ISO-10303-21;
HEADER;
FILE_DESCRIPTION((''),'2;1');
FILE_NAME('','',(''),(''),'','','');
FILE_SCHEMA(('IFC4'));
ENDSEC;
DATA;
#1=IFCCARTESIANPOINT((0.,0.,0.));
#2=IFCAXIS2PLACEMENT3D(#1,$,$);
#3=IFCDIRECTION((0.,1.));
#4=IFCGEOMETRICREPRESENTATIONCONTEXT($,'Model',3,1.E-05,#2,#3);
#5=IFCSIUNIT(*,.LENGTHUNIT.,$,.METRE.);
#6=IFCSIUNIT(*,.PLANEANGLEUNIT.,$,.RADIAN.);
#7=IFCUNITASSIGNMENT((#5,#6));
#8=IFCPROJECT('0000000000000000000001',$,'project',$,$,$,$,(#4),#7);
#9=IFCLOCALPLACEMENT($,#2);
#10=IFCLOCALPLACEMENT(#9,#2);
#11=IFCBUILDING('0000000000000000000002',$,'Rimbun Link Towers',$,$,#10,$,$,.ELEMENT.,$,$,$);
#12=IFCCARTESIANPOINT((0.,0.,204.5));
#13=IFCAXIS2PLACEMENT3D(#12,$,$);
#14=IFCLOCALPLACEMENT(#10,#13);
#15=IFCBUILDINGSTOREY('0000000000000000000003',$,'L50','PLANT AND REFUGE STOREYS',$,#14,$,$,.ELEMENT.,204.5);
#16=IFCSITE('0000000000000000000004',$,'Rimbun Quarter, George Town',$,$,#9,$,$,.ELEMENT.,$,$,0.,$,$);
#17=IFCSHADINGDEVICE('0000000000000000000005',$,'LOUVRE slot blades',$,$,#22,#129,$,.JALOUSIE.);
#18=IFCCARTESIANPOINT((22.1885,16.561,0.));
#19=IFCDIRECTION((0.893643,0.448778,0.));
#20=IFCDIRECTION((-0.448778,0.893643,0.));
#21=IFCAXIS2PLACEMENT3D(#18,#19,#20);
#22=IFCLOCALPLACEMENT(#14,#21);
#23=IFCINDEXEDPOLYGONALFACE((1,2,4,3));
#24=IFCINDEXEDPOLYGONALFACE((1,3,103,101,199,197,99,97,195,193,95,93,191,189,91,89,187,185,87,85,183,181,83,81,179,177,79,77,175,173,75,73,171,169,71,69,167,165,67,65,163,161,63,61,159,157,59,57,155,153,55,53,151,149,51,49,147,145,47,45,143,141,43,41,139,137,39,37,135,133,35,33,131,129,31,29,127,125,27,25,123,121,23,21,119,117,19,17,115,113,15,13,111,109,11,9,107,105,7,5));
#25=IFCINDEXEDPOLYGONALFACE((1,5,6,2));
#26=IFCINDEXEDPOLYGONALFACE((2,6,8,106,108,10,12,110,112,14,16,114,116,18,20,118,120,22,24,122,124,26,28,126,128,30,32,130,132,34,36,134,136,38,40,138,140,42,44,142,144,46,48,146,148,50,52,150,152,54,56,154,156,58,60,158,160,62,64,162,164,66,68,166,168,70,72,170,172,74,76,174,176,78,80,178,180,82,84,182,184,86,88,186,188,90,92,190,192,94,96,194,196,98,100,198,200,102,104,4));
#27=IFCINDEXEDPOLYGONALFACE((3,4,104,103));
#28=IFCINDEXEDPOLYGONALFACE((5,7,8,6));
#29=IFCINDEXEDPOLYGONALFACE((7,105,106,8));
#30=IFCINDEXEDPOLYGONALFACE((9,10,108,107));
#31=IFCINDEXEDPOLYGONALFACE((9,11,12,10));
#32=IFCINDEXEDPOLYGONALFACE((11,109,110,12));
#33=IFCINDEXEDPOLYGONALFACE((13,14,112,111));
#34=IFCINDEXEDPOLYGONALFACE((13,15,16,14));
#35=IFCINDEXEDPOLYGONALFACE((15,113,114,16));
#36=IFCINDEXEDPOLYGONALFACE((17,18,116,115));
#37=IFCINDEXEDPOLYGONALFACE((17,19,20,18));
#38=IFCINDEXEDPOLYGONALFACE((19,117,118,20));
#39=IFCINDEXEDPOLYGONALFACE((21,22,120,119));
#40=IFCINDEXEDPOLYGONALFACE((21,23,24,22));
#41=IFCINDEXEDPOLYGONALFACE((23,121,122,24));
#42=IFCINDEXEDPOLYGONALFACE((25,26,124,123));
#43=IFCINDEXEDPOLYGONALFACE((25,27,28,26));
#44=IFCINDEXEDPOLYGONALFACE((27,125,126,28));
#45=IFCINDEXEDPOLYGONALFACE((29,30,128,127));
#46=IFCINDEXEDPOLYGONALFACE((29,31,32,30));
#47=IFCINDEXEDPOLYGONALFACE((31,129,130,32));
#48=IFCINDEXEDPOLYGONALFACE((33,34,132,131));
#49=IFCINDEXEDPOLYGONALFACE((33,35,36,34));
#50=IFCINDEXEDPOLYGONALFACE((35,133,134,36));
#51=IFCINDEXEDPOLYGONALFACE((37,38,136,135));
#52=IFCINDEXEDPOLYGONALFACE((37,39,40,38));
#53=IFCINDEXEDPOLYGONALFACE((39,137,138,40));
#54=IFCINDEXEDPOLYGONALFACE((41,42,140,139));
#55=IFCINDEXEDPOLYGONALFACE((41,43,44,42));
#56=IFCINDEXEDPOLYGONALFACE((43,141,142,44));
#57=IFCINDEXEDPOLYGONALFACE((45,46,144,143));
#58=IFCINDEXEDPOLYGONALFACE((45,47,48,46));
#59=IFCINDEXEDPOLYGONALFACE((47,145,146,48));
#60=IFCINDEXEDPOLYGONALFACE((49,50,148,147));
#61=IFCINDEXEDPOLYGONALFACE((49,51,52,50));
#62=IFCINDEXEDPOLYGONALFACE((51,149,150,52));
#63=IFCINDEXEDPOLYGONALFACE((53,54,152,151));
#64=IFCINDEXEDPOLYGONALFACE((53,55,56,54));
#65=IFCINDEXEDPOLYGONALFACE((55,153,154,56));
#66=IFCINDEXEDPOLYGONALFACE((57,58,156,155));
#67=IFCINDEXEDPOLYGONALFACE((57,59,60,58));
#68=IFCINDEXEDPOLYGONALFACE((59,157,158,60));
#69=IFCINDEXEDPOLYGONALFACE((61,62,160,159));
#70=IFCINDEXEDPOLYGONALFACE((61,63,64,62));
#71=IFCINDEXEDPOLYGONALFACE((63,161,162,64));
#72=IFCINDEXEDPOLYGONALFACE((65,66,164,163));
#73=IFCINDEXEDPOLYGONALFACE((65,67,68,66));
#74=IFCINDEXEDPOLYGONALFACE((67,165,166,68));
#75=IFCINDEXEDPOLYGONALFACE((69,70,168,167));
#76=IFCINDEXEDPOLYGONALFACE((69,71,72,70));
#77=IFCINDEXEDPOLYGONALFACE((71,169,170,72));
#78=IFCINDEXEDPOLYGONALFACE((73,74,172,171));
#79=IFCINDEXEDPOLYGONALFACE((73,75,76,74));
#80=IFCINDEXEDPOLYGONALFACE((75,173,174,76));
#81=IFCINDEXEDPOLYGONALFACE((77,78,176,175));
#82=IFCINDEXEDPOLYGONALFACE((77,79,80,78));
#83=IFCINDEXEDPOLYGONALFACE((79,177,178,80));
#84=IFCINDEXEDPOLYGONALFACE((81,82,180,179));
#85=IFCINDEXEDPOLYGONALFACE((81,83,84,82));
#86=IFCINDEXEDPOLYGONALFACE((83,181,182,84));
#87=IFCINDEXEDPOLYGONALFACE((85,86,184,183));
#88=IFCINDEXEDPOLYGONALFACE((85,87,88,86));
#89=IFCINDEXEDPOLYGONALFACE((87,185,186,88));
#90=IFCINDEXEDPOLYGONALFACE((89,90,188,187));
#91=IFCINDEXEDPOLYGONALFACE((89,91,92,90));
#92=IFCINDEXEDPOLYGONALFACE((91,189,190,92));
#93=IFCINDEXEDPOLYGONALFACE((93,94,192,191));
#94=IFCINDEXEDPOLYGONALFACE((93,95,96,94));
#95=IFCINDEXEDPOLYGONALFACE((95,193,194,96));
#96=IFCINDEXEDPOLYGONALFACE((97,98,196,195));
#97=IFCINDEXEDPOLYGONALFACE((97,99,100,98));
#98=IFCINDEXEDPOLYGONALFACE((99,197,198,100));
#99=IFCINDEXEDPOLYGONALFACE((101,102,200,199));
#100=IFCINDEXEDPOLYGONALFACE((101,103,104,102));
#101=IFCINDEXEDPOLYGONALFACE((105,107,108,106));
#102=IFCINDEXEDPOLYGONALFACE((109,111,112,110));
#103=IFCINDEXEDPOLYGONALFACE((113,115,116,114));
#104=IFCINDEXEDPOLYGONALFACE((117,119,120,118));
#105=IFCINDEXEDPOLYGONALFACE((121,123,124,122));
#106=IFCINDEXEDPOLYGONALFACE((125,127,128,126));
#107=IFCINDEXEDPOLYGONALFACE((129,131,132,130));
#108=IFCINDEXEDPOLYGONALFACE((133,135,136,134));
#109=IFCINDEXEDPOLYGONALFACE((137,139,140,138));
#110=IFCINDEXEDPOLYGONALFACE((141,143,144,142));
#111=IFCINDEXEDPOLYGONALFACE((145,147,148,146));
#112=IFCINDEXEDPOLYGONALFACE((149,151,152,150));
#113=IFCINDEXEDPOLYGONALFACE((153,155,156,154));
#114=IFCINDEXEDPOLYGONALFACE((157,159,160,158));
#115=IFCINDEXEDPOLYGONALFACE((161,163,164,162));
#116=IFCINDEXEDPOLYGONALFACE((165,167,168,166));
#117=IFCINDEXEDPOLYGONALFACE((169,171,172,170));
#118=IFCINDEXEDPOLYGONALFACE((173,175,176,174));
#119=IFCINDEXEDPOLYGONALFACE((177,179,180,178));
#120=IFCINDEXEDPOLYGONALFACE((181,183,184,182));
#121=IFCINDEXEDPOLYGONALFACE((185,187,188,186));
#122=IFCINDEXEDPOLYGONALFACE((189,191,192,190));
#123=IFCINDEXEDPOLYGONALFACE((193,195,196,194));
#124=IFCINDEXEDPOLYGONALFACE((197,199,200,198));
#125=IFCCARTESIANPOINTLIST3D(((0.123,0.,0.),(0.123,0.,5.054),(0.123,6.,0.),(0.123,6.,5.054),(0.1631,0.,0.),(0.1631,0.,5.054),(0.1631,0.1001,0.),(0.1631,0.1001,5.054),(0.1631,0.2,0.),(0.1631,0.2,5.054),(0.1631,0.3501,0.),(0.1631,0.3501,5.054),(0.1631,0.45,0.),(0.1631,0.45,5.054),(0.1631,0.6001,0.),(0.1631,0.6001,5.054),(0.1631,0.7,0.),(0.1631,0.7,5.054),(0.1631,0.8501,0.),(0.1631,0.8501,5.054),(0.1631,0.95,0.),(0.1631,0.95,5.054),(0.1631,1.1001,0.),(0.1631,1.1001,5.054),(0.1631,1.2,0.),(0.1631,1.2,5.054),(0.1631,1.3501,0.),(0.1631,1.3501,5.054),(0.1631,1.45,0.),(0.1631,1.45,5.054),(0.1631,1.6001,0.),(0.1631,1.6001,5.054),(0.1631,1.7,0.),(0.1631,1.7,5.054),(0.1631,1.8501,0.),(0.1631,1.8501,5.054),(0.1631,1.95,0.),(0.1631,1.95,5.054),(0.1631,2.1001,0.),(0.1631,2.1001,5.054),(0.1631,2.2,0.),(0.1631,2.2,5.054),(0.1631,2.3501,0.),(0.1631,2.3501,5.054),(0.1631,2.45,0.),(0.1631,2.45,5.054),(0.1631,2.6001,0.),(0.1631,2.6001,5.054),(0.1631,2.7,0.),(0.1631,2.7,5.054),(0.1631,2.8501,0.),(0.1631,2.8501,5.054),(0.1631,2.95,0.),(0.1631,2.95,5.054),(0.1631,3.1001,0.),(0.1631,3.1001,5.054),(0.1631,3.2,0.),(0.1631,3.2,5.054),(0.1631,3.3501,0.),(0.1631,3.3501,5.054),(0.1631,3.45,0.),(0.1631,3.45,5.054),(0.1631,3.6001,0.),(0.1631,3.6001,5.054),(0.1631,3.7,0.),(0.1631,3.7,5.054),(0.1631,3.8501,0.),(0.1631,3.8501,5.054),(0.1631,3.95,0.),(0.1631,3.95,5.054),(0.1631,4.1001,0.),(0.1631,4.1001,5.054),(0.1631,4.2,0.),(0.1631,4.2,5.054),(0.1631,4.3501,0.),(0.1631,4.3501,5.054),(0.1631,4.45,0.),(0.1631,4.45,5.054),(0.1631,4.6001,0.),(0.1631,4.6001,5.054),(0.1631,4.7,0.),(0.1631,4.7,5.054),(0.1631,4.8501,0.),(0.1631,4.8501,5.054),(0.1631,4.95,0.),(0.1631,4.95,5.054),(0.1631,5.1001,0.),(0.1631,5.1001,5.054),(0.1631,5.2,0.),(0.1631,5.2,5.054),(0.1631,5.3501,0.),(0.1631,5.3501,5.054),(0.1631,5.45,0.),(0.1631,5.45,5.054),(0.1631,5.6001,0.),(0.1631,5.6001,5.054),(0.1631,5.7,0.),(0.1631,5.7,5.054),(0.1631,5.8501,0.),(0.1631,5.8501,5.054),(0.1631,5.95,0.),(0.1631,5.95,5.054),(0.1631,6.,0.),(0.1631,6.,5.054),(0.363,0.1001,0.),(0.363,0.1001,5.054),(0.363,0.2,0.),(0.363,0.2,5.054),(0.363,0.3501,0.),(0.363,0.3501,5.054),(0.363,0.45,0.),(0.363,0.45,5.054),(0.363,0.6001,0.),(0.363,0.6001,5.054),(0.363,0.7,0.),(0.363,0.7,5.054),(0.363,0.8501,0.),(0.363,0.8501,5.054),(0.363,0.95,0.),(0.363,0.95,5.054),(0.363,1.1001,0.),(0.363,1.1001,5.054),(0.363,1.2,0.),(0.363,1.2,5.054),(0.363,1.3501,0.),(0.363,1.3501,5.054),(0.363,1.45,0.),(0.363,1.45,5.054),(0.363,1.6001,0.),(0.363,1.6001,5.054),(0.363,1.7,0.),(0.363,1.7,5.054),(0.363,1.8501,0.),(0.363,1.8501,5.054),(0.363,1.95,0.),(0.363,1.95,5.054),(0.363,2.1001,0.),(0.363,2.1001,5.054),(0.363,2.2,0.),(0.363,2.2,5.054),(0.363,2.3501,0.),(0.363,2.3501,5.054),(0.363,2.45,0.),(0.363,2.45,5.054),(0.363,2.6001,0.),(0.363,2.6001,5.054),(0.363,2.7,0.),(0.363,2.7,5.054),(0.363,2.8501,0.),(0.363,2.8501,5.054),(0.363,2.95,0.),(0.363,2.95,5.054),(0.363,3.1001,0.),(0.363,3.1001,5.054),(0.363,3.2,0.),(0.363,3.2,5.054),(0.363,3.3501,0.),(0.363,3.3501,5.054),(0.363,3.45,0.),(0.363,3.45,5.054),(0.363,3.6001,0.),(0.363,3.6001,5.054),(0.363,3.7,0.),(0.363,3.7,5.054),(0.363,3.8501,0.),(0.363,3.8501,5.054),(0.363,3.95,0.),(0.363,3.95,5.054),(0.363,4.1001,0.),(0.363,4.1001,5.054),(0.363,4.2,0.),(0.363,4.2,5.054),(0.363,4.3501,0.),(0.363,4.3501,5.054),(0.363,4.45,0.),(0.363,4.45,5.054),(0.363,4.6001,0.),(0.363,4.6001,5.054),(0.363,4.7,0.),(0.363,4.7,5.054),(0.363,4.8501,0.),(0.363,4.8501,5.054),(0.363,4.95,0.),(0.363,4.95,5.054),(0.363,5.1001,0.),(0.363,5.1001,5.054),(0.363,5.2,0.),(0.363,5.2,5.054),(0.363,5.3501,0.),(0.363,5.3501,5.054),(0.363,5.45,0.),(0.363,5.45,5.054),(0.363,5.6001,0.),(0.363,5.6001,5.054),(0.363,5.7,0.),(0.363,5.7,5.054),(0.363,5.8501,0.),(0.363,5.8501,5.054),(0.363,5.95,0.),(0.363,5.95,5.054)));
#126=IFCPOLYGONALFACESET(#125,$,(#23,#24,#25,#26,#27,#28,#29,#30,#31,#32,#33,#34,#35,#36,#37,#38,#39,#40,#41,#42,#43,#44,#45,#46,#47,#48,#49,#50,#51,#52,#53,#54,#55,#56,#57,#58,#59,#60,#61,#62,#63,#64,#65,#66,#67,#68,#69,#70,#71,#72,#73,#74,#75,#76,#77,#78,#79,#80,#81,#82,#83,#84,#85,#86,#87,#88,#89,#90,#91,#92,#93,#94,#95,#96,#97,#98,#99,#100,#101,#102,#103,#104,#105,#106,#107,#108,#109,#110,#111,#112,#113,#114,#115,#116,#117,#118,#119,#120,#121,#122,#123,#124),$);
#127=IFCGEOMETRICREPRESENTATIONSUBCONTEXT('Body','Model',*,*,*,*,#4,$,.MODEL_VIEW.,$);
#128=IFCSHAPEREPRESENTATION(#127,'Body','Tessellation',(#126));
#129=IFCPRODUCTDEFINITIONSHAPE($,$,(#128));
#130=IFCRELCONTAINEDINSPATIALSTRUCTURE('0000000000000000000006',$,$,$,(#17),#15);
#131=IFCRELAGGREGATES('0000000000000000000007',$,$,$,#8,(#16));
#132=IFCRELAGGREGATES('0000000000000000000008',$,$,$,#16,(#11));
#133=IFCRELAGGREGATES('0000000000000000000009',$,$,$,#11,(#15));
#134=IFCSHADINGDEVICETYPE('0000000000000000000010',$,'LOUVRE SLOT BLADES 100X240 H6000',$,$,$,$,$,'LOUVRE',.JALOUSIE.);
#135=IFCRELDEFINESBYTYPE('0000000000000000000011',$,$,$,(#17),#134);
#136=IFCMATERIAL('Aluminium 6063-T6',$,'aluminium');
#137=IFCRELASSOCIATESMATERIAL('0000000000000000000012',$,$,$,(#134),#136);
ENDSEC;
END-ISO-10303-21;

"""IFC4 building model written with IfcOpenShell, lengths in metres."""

from ifc_helpers import new_model, si_unit, direction, frame, origin, place, context, subcontext, project, spatial, polyline, outline, extrude, material, material_profile, profile_set, type_object, element, save


model = new_model("IFC4")

# Units and contexts
model_context = context("Model", 3, precision=1e-05, world=origin(), true_north=direction((0.0, 1.0)))
body_context = subcontext(model_context, "Body", "Model", "MODEL_VIEW")
ifc_project = project(units=[si_unit("LENGTHUNIT", "METRE"), si_unit("PLANEANGLEUNIT", "RADIAN")], contexts=[model_context])

# Site, building, storey
site_placement = place(None, origin())
site = spatial("IfcSite", under=ifc_project, at=site_placement, Name="Rimbun Quarter, George Town", CompositionType="ELEMENT", RefElevation=0.0)
building_placement = place(site_placement, origin())
building = spatial("IfcBuilding", under=site, at=building_placement, Name="Rimbun Link Towers", CompositionType="ELEMENT")
storey_placement = place(building_placement, frame((0.0, 0.0, 204.5)))
storey = spatial("IfcBuildingStorey", under=building, at=storey_placement, Name="L50", Description="PLANT AND REFUGE STOREYS", CompositionType="ELEMENT", Elevation=204.5)

# Shading device
ifc_material_1 = material(Name="Aluminium 6063-T6", Category="aluminium")
ifc_material_profile_1 = material_profile(ifc_material_1, outline(polyline([(0.123, 0.0), (0.1631, 0.0), (0.1631, 0.1001), (0.363, 0.1001), (0.363, 0.2), (0.1631, 0.2), (0.1631, 0.3501), (0.363, 0.3501), (0.363, 0.45), (0.1631, 0.45), (0.1631, 0.6001), (0.363, 0.6001), (0.363, 0.7), (0.1631, 0.7), (0.1631, 0.8501), (0.363, 0.8501), (0.363, 0.95), (0.1631, 0.95), (0.1631, 1.1001), (0.363, 1.1001), (0.363, 1.2), (0.1631, 1.2), (0.1631, 1.3501), (0.363, 1.3501), (0.363, 1.45), (0.1631, 1.45), (0.1631, 1.6001), (0.363, 1.6001), (0.363, 1.7), (0.1631, 1.7), (0.1631, 1.8501), (0.363, 1.8501), (0.363, 1.95), (0.1631, 1.95), (0.1631, 2.1001), (0.363, 2.1001), (0.363, 2.2), (0.1631, 2.2), (0.1631, 2.3501), (0.363, 2.3501), (0.363, 2.45), (0.1631, 2.45), (0.1631, 2.6001), (0.363, 2.6001), (0.363, 2.7), (0.1631, 2.7), (0.1631, 2.8501), (0.363, 2.8501), (0.363, 2.95), (0.1631, 2.95), (0.1631, 3.1001), (0.363, 3.1001), (0.363, 3.2), (0.1631, 3.2), (0.1631, 3.3501), (0.363, 3.3501), (0.363, 3.45), (0.1631, 3.45), (0.1631, 3.6001), (0.363, 3.6001), (0.363, 3.7), (0.1631, 3.7), (0.1631, 3.8501), (0.363, 3.8501), (0.363, 3.95), (0.1631, 3.95), (0.1631, 4.1001), (0.363, 4.1001), (0.363, 4.2), (0.1631, 4.2), (0.1631, 4.3501), (0.363, 4.3501), (0.363, 4.45), (0.1631, 4.45), (0.1631, 4.6001), (0.363, 4.6001), (0.363, 4.7), (0.1631, 4.7), (0.1631, 4.8501), (0.363, 4.8501), (0.363, 4.95), (0.1631, 4.95), (0.1631, 5.1001), (0.363, 5.1001), (0.363, 5.2), (0.1631, 5.2), (0.1631, 5.3501), (0.363, 5.3501), (0.363, 5.45), (0.1631, 5.45), (0.1631, 5.6001), (0.363, 5.6001), (0.363, 5.7), (0.1631, 5.7), (0.1631, 5.8501), (0.363, 5.8501), (0.363, 5.95), (0.1631, 5.95), (0.1631, 6.0), (0.123, 6.0), (0.123, 0.0)])), Name="LOUVRE BLADES 100X240")
ifc_profile_set_1 = profile_set([ifc_material_profile_1], Name="Aluminium 6063-T6")
shading_device_type = type_object("IfcShadingDeviceType", Name="LOUVRE SLOT BLADES 100X240 H6000", ElementType="LOUVRE", PredefinedType="JALOUSIE", material=ifc_profile_set_1)
shading_device_placement = place(storey_placement, frame((22.1885, 16.561, 0.0), z_axis=(0.893643, 0.448778, 0.0), x_axis=(-0.448778, 0.893643, 0.0)))
element("IfcShadingDevice", 1, at=shading_device_placement, inside=storey, type_object=shading_device_type, Name="LOUVRE slot blades", PredefinedType="JALOUSIE", context=body_context, shape_type="SweptSolid", body=[
    extrude(outline(polyline([(0.123, 0.0), (0.1631, 0.0), (0.1631, 0.1001), (0.363, 0.1001), (0.363, 0.2), (0.1631, 0.2), (0.1631, 0.3501), (0.363, 0.3501), (0.363, 0.45), (0.1631, 0.45), (0.1631, 0.6001), (0.363, 0.6001), (0.363, 0.7), (0.1631, 0.7), (0.1631, 0.8501), (0.363, 0.8501), (0.363, 0.95), (0.1631, 0.95), (0.1631, 1.1001), (0.363, 1.1001), (0.363, 1.2), (0.1631, 1.2), (0.1631, 1.3501), (0.363, 1.3501), (0.363, 1.45), (0.1631, 1.45), (0.1631, 1.6001), (0.363, 1.6001), (0.363, 1.7), (0.1631, 1.7), (0.1631, 1.8501), (0.363, 1.8501), (0.363, 1.95), (0.1631, 1.95), (0.1631, 2.1001), (0.363, 2.1001), (0.363, 2.2), (0.1631, 2.2), (0.1631, 2.3501), (0.363, 2.3501), (0.363, 2.45), (0.1631, 2.45), (0.1631, 2.6001), (0.363, 2.6001), (0.363, 2.7), (0.1631, 2.7), (0.1631, 2.8501), (0.363, 2.8501), (0.363, 2.95), (0.1631, 2.95), (0.1631, 3.1001), (0.363, 3.1001), (0.363, 3.2), (0.1631, 3.2), (0.1631, 3.3501), (0.363, 3.3501), (0.363, 3.45), (0.1631, 3.45), (0.1631, 3.6001), (0.363, 3.6001), (0.363, 3.7), (0.1631, 3.7), (0.1631, 3.8501), (0.363, 3.8501), (0.363, 3.95), (0.1631, 3.95), (0.1631, 4.1001), (0.363, 4.1001), (0.363, 4.2), (0.1631, 4.2), (0.1631, 4.3501), (0.363, 4.3501), (0.363, 4.45), (0.1631, 4.45), (0.1631, 4.6001), (0.363, 4.6001), (0.363, 4.7), (0.1631, 4.7), (0.1631, 4.8501), (0.363, 4.8501), (0.363, 4.95), (0.1631, 4.95), (0.1631, 5.1001), (0.363, 5.1001), (0.363, 5.2), (0.1631, 5.2), (0.1631, 5.3501), (0.363, 5.3501), (0.363, 5.45), (0.1631, 5.45), (0.1631, 5.6001), (0.363, 5.6001), (0.363, 5.7), (0.1631, 5.7), (0.1631, 5.8501), (0.363, 5.8501), (0.363, 5.95), (0.1631, 5.95), (0.1631, 6.0), (0.123, 6.0), (0.123, 0.0)])), origin(), (0.0, 0.0, 1.0), 5.054),
])

save(model, "model.ifc")
